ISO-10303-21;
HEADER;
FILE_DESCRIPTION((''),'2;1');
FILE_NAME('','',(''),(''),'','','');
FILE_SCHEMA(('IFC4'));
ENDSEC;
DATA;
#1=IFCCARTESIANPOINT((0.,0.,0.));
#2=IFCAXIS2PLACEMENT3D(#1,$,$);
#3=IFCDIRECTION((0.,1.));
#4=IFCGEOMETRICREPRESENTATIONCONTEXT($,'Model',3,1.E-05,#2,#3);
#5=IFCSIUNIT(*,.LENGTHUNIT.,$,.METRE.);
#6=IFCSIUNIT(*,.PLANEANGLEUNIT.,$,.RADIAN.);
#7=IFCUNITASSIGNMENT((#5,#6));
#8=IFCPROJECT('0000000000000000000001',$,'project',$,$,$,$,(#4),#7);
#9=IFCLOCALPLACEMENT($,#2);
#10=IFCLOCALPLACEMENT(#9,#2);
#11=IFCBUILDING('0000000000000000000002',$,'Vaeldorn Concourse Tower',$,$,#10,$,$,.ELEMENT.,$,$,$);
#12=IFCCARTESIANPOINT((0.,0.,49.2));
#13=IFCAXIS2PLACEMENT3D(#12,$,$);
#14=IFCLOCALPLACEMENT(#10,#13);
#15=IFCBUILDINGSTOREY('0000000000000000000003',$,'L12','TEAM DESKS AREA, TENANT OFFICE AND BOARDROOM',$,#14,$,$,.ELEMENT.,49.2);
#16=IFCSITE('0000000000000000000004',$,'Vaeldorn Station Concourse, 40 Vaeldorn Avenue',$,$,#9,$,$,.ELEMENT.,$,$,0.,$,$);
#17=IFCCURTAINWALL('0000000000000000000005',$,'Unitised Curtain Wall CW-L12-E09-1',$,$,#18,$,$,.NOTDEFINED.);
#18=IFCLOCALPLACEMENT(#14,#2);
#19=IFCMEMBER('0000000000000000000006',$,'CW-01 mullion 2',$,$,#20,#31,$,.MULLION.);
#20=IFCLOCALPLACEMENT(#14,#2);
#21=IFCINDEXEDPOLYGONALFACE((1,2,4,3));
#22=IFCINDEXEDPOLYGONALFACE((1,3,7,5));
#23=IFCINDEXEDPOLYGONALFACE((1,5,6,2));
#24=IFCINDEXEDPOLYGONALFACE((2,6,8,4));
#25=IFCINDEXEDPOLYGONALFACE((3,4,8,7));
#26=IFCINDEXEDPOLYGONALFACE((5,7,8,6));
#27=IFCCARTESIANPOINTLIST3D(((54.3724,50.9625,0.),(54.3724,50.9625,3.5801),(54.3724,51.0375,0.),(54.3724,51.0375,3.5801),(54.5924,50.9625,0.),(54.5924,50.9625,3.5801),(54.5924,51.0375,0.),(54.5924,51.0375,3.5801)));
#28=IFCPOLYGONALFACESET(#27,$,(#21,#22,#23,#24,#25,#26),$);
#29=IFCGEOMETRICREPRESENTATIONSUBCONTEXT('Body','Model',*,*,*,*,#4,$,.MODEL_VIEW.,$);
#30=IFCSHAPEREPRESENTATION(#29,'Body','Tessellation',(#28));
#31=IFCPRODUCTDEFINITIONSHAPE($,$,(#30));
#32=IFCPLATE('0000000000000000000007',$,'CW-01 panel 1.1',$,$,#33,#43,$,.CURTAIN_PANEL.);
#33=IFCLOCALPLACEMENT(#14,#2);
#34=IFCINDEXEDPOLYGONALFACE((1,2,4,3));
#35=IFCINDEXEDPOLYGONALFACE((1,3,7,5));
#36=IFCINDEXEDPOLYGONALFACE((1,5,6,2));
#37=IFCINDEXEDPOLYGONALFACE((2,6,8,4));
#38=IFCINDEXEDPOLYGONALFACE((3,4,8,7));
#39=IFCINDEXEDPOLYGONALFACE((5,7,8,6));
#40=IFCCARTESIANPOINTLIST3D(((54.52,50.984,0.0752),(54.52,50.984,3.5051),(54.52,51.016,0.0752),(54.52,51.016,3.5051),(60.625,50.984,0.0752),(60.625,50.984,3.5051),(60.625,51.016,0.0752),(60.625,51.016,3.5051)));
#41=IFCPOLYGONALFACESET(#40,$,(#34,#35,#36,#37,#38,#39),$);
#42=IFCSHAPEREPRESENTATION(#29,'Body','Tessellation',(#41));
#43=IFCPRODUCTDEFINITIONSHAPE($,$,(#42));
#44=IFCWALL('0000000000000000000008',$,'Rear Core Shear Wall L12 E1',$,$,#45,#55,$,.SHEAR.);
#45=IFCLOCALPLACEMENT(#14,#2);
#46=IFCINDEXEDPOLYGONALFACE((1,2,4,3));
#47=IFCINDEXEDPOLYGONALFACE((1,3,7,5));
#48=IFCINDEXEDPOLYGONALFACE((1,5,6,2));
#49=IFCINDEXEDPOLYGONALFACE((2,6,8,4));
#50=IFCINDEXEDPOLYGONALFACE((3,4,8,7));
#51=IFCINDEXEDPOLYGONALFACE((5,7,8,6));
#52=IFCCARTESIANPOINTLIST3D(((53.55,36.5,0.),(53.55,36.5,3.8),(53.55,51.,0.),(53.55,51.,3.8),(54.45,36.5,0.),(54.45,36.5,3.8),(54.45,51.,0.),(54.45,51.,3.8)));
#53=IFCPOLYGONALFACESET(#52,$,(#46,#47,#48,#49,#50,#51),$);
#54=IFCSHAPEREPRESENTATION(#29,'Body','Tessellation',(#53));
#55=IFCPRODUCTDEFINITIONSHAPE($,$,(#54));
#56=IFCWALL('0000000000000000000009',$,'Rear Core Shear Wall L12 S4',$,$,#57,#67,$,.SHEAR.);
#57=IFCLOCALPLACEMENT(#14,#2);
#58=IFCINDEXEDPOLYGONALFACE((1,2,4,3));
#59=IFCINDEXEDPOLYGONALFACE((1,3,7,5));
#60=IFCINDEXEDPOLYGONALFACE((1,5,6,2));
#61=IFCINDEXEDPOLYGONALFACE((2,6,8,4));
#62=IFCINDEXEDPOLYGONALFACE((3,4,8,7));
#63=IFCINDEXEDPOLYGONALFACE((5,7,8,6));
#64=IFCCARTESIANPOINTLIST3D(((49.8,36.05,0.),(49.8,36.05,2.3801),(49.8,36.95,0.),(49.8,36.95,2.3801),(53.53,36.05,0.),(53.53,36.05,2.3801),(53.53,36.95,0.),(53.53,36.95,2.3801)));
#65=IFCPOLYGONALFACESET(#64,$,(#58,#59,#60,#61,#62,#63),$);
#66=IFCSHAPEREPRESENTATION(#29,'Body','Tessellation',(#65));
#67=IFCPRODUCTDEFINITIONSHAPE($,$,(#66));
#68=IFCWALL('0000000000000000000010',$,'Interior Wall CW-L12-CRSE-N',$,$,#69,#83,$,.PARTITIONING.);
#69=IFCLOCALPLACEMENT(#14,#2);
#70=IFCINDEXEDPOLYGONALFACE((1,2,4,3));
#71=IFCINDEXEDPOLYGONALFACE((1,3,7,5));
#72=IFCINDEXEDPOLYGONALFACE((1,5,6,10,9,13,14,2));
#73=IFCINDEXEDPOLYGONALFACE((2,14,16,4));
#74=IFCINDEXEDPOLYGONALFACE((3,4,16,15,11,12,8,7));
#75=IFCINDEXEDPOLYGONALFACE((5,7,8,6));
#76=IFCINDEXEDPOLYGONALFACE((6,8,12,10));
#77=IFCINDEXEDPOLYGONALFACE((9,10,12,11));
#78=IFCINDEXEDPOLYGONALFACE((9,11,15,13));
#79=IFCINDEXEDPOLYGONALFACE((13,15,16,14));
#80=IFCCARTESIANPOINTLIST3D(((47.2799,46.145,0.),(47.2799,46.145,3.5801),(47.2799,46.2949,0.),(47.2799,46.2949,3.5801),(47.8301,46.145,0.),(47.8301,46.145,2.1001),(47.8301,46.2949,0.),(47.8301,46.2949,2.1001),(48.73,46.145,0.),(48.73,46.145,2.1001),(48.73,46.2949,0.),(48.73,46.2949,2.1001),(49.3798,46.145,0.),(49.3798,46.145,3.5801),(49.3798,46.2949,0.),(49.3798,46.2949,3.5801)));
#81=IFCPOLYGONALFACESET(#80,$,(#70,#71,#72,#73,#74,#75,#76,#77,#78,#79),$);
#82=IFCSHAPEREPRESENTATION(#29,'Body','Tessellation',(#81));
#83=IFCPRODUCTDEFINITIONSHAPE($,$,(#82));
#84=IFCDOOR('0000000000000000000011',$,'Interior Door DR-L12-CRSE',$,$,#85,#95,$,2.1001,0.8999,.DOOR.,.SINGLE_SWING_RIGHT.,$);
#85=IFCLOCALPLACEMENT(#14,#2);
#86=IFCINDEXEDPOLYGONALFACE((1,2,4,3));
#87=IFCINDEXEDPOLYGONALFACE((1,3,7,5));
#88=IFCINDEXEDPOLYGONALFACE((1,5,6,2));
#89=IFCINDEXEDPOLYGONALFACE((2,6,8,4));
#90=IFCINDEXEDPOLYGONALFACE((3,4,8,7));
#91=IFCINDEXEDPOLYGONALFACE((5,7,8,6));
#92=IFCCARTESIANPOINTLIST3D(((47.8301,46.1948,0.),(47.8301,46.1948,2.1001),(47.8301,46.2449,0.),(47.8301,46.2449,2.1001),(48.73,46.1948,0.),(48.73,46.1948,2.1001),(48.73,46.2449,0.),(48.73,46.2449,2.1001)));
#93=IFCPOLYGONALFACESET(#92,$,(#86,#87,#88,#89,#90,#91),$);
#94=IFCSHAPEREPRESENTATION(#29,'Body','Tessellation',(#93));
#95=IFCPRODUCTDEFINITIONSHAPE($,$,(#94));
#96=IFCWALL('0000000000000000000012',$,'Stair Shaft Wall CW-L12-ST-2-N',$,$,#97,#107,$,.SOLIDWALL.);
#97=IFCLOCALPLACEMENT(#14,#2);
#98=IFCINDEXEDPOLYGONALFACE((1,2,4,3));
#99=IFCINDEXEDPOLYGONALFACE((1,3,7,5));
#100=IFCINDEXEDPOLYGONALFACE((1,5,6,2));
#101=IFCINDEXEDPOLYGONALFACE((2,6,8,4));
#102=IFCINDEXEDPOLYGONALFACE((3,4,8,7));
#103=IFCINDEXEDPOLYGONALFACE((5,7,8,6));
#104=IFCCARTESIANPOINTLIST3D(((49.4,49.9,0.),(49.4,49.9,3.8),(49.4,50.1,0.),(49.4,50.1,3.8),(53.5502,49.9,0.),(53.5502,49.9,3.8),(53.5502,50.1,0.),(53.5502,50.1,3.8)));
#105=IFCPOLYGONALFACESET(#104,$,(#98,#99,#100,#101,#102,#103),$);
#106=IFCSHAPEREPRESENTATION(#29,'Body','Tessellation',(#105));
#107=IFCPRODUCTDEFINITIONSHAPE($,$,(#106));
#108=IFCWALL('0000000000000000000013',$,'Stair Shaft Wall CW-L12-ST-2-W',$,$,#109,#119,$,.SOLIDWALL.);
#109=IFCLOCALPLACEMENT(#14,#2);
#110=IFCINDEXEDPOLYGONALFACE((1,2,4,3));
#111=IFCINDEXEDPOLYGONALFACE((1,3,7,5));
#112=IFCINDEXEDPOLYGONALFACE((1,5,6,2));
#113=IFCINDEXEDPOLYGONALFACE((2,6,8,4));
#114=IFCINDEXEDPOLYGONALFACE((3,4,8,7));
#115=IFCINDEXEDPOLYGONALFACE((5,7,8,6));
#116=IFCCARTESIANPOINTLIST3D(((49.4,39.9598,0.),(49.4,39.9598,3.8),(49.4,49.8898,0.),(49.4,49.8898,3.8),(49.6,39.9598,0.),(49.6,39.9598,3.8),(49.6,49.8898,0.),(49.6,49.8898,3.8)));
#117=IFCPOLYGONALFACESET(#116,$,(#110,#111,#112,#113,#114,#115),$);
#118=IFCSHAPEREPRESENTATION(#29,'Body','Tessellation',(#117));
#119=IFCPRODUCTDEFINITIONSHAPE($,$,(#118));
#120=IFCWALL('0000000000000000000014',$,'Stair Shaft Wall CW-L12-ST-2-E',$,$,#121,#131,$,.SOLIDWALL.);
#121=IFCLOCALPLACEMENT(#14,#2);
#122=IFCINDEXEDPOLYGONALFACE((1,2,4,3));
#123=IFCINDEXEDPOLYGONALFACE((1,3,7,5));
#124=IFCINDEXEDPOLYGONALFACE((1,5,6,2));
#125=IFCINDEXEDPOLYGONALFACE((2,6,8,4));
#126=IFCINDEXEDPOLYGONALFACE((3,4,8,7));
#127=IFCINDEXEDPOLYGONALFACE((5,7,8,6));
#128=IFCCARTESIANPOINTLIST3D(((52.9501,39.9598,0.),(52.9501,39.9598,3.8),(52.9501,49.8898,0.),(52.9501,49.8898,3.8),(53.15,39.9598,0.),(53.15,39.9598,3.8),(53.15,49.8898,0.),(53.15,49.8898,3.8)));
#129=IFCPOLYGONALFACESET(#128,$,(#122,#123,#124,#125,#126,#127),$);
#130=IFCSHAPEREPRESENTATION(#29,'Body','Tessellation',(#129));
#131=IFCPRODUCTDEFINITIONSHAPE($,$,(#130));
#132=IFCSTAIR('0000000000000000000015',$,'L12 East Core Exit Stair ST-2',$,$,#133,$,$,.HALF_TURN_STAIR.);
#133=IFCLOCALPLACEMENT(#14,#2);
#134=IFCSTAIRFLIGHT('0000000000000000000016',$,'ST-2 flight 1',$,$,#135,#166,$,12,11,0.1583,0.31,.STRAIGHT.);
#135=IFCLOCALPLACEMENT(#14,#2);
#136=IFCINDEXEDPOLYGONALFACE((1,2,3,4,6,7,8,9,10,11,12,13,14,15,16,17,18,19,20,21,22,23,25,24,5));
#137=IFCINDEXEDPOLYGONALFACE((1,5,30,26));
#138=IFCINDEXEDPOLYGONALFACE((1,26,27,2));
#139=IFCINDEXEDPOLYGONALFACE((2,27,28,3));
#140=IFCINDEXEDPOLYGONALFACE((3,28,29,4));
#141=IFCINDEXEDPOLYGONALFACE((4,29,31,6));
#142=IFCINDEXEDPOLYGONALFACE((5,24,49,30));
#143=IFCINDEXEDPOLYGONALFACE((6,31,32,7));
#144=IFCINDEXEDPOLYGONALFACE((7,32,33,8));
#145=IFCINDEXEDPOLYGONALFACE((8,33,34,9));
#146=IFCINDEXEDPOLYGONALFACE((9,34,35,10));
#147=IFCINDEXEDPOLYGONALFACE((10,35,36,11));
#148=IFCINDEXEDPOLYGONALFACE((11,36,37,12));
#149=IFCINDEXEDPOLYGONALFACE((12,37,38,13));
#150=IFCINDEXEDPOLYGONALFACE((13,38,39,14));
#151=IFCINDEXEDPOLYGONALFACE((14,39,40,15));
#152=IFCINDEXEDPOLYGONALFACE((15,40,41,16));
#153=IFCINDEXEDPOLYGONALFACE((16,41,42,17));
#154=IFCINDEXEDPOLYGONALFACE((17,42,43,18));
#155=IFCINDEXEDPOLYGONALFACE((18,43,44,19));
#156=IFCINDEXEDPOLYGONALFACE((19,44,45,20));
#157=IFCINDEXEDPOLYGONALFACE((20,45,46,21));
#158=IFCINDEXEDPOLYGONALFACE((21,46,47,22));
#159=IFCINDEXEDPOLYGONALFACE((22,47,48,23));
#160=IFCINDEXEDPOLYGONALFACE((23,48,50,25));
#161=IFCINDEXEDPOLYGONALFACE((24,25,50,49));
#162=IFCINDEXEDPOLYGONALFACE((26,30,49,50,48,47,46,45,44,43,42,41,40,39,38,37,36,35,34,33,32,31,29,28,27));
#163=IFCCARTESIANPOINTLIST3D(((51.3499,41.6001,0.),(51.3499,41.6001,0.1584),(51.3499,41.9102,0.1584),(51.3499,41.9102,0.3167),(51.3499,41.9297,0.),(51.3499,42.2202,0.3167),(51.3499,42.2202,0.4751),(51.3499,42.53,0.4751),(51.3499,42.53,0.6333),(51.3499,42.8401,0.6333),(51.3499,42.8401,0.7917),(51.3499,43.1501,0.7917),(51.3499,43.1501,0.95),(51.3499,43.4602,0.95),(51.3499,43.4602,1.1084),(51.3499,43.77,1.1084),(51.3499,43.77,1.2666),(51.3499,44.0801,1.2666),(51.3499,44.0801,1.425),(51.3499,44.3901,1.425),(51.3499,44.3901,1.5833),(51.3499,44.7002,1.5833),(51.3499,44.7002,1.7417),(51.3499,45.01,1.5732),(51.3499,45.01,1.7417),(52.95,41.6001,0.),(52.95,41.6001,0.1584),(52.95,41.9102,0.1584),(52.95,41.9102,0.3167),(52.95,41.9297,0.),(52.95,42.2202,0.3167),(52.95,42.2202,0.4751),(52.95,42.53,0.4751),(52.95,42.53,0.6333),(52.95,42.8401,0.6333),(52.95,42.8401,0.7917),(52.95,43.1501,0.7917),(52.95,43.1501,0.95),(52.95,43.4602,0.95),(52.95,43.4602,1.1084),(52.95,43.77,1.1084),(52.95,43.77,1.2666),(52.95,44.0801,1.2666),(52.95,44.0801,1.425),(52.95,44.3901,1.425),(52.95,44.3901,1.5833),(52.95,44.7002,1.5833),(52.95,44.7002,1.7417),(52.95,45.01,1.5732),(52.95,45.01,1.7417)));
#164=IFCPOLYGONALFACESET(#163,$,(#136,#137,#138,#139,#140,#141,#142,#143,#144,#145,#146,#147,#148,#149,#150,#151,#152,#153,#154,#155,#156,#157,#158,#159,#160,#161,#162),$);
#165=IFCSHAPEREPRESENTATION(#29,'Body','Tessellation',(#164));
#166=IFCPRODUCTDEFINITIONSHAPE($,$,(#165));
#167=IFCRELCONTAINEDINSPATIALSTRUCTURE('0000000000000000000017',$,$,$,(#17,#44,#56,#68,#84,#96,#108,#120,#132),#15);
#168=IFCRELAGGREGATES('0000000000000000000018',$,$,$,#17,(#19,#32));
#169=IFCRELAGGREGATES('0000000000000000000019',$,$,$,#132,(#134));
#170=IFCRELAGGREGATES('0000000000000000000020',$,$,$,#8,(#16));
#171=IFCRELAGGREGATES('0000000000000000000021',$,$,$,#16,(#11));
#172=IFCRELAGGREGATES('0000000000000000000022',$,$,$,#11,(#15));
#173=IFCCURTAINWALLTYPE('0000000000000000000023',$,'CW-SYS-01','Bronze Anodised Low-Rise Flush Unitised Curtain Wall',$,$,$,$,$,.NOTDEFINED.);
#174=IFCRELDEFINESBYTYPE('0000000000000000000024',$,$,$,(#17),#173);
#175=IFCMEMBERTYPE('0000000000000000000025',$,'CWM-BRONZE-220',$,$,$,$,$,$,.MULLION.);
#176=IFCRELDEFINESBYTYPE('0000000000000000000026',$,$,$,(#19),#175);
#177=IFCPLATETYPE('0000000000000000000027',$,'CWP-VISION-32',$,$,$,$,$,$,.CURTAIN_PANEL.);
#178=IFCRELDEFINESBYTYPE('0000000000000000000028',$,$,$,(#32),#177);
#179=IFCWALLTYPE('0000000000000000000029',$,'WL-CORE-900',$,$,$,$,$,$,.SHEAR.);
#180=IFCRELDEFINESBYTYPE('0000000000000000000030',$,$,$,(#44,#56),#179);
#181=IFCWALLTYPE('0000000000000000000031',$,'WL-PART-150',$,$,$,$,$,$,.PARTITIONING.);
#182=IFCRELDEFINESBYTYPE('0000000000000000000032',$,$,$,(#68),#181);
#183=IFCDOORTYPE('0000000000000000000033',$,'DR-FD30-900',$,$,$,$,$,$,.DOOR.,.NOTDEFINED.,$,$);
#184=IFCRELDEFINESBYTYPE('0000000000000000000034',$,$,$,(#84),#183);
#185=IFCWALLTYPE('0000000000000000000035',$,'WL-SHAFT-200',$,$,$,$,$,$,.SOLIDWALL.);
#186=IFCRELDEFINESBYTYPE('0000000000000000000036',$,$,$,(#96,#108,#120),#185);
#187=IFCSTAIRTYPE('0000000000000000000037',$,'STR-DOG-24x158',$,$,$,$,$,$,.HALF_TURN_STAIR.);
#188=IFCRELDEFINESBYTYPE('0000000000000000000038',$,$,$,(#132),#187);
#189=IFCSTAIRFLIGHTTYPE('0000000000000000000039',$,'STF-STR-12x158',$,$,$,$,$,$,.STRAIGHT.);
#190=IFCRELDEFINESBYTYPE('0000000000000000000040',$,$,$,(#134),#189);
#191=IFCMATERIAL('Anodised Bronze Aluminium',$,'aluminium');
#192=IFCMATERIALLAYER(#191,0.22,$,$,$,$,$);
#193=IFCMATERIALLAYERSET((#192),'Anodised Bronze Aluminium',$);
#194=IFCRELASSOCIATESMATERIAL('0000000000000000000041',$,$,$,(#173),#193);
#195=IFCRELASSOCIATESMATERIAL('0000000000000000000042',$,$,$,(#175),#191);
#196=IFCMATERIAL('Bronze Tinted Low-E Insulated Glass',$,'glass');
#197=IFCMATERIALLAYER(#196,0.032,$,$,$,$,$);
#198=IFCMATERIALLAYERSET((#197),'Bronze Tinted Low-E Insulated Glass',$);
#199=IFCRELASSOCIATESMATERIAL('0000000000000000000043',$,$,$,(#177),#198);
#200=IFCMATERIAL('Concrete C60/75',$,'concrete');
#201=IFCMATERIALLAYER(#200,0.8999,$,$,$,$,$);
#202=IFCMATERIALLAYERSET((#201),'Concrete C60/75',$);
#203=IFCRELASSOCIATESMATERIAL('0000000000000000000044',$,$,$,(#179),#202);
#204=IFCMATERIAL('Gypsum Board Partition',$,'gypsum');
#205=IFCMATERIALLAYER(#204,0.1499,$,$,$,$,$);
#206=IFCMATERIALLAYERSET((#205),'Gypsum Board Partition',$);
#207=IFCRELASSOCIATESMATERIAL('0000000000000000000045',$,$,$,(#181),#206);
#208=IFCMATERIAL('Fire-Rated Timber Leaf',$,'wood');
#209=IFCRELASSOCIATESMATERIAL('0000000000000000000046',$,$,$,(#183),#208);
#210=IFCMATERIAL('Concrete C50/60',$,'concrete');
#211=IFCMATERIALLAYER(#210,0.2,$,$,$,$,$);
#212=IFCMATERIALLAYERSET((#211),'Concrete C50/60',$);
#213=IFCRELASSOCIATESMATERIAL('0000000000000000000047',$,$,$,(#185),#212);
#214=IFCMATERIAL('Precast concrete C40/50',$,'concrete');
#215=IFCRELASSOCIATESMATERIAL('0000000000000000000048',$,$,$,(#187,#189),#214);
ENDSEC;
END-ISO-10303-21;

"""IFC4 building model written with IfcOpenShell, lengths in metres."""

from ifc_helpers import new_model, si_unit, direction, frame, frame_2d, origin, origin_2d, place, context, subcontext, project, spatial, polyline, rectangle, outline, extrude, source, transform, mapped, material, layer, layer_set, material_profile, profile_set, type_object, element, fill, aggregate, save


model = new_model("IFC4")

# Units and contexts
model_context = context("Model", 3, precision=1e-05, world=origin(), true_north=direction((0.0, 1.0)))
body_context = subcontext(model_context, "Body", "Model", "MODEL_VIEW")
ifc_project = project(units=[si_unit("LENGTHUNIT", "METRE"), si_unit("PLANEANGLEUNIT", "RADIAN")], contexts=[model_context])

# Site, building, storey
site_placement = place(None, origin())
site = spatial("IfcSite", under=ifc_project, at=site_placement, Name="Vaeldorn Station Concourse, 40 Vaeldorn Avenue", CompositionType="ELEMENT", RefElevation=0.0)
building_placement = place(site_placement, origin())
building = spatial("IfcBuilding", under=site, at=building_placement, Name="Vaeldorn Concourse Tower", CompositionType="ELEMENT")
storey_placement = place(building_placement, frame((0.0, 0.0, 49.2)))
storey = spatial("IfcBuildingStorey", under=building, at=storey_placement, Name="L12", Description="TEAM DESKS AREA, TENANT OFFICE AND BOARDROOM", CompositionType="ELEMENT", Elevation=49.2)

# Shared definitions
ifc_material_1 = material(Name="Concrete C60/75", Category="concrete")

# Curtain wall, member, plate
ifc_material_2 = material(Name="Anodised Bronze Aluminium", Category="aluminium")
ifc_layer_1 = layer(ifc_material_2, 0.22)
ifc_layer_set_1 = layer_set([ifc_layer_1], Name="Anodised Bronze Aluminium")
curtain_wall_type = type_object("IfcCurtainWallType", Name="CW-SYS-01", Description="Bronze Anodised Low-Rise Flush Unitised Curtain Wall", PredefinedType="NOTDEFINED", material=ifc_layer_set_1)
curtain_wall_placement = place(storey_placement, origin())
curtain_wall = element("IfcCurtainWall", 1, at=curtain_wall_placement, inside=storey, type_object=curtain_wall_type, Name="Unitised Curtain Wall CW-L12-E09-1", PredefinedType="NOTDEFINED")
ifc_material_profile_1 = material_profile(ifc_material_2, rectangle(XDim=0.075, YDim=0.22, at=origin_2d()), Name="CWM 75x220")
ifc_profile_set_1 = profile_set([ifc_material_profile_1], Name="Anodised Bronze Aluminium")
member_type = type_object("IfcMemberType", Name="CWM-BRONZE-220", PredefinedType="MULLION", material=ifc_profile_set_1)
shared_shape_1 = source(origin(), body_context, "Body", "SweptSolid", [
    extrude(rectangle(XDim=0.075, YDim=0.22, at=origin_2d()), origin(), (0.0, 0.0, 1.0), 3.5801),
])
member_placement = place(storey_placement, frame((54.4824, 51.0, 0.0), z_axis=(0.0, 0.0, 1.0), x_axis=(0.0, -1.0, 0.0)))
member = element("IfcMember", 2, at=member_placement, type_object=member_type, Name="CW-01 mullion 2", PredefinedType="MULLION", context=body_context, shape_type="MappedRepresentation", body=[
    mapped(shared_shape_1, transform((0.0, 0.0, 0.0), scale=1.0)),
])
ifc_material_3 = material(Name="Bronze Tinted Low-E Insulated Glass", Category="glass")
ifc_layer_2 = layer(ifc_material_3, 0.032)
ifc_layer_set_2 = layer_set([ifc_layer_2], Name="Bronze Tinted Low-E Insulated Glass")
plate_type = type_object("IfcPlateType", Name="CWP-VISION-32", PredefinedType="CURTAIN_PANEL", material=ifc_layer_set_2)
shared_shape_2 = source(origin(), body_context, "Body", "SweptSolid", [
    extrude(rectangle(XDim=6.105, YDim=0.032, at=origin_2d()), origin(), (0.0, 0.0, 1.0), 3.4299),
])
plate_placement = place(storey_placement, frame((57.5725, 51.0, 0.0752), z_axis=(0.0, 0.0, 1.0), x_axis=(-1.0, 0.0, 0.0)))
plate = element("IfcPlate", 3, at=plate_placement, type_object=plate_type, Name="CW-01 panel 1.1", PredefinedType="CURTAIN_PANEL", context=body_context, shape_type="MappedRepresentation", body=[
    mapped(shared_shape_2, transform((0.0, 0.0, 0.0), scale=1.0)),
])
aggregate(curtain_wall, [member, plate])

# Walls
ifc_layer_3 = layer(ifc_material_1, 0.8999)
ifc_layer_set_3 = layer_set([ifc_layer_3], Name="Concrete C60/75")
wall_type_1 = type_object("IfcWallType", Name="WL-CORE-900", PredefinedType="SHEAR", material=ifc_layer_set_3)
wall_1_placement = place(storey_placement, frame((54.0, 36.5, 0.0), z_axis=(0.0, 0.0, 1.0), x_axis=(0.0, 1.0, 0.0)))
element("IfcWall", 4, at=wall_1_placement, inside=storey, type_object=wall_type_1, Name="Rear Core Shear Wall L12 E1", PredefinedType="SHEAR", context=body_context, shape_type="SweptSolid", body=[
    extrude(rectangle(XDim=14.5, YDim=0.8999, at=frame_2d((7.25, 0.0))), origin(), (0.0, 0.0, 1.0), 3.8),
])
wall_2_placement = place(storey_placement, frame((49.8, 36.5, 0.0), z_axis=(0.0, 0.0, 1.0), x_axis=(1.0, 0.0, 0.0)))
element("IfcWall", 5, at=wall_2_placement, inside=storey, type_object=wall_type_1, Name="Rear Core Shear Wall L12 S4", PredefinedType="SHEAR", context=body_context, shape_type="SweptSolid", body=[
    extrude(rectangle(XDim=3.73, YDim=0.8999, at=frame_2d((1.865, 0.0))), origin(), (0.0, 0.0, 1.0), 2.3801),
])

# Wall, opening, door
ifc_material_4 = material(Name="Gypsum Board Partition", Category="gypsum")
ifc_layer_4 = layer(ifc_material_4, 0.1499)
ifc_layer_set_4 = layer_set([ifc_layer_4], Name="Gypsum Board Partition")
wall_type_2 = type_object("IfcWallType", Name="WL-PART-150", PredefinedType="PARTITIONING", material=ifc_layer_set_4)
wall_3_placement = place(storey_placement, frame((47.28, 46.22, 0.0), z_axis=(0.0, 0.0, 1.0), x_axis=(1.0, 0.0, 0.0)))
wall_3 = element("IfcWall", 6, at=wall_3_placement, inside=storey, type_object=wall_type_2, Name="Interior Wall CW-L12-CRSE-N", PredefinedType="PARTITIONING", context=body_context, shape_type="SweptSolid", body=[
    extrude(rectangle(XDim=2.0999, YDim=0.1499, at=frame_2d((1.0498, 0.0))), origin(), (0.0, 0.0, 1.0), 3.5801),
])
opening_1_placement = place(wall_3_placement, frame((0.55, 0.0, 0.0)))
opening_1 = element("IfcOpeningElement", 7, at=opening_1_placement, cuts=wall_3, PredefinedType="OPENING", context=body_context, shape_type="SweptSolid", body=[
    extrude(rectangle(XDim=0.8999, YDim=2.1001, at=frame_2d((0.45, 1.05))), frame((0.0, 0.085, 0.0), z_axis=(0.0, -1.0, 0.0), x_axis=(1.0, 0.0, 0.0)), (0.0, 0.0, 1.0), 0.1699),
])
ifc_material_5 = material(Name="Fire-Rated Timber Leaf", Category="wood")
door_type_1 = type_object("IfcDoorType", Name="DR-FD30-900", OperationType="NOTDEFINED", PredefinedType="DOOR", material=ifc_material_5)
shared_shape_3 = source(origin(), body_context, "Body", "SweptSolid", [
    extrude(rectangle(XDim=0.8999, YDim=2.1001, at=frame_2d((0.45, 1.05))), frame((0.0, 0.0249, 0.0), z_axis=(0.0, -1.0, 0.0), x_axis=(1.0, 0.0, 0.0)), (0.0, 0.0, 1.0), 0.05),
])
door_1_placement = place(opening_1_placement, origin())
door_1 = element("IfcDoor", 8, at=door_1_placement, inside=storey, type_object=door_type_1, Name="Interior Door DR-L12-CRSE", OperationType="SINGLE_SWING_RIGHT", OverallHeight=2.1001, OverallWidth=0.8999, PredefinedType="DOOR", context=body_context, shape_type="MappedRepresentation", body=[
    mapped(shared_shape_3, transform((0.0, 0.0, 0.0), scale=1.0)),
])
fill(opening_1, door_1)
ifc_material_6 = material(Name="Concrete C50/60", Category="concrete")
ifc_layer_5 = layer(ifc_material_6, 0.2)
ifc_layer_set_5 = layer_set([ifc_layer_5], Name="Concrete C50/60")
wall_type_3 = type_object("IfcWallType", Name="WL-SHAFT-200", PredefinedType="SOLIDWALL", material=ifc_layer_set_5)

# Walls
wall_4_placement = place(storey_placement, frame((49.3999, 50.0, 0.0), z_axis=(0.0, 0.0, 1.0), x_axis=(1.0, 0.0, 0.0)))
element("IfcWall", 9, at=wall_4_placement, inside=storey, type_object=wall_type_3, Name="Stair Shaft Wall CW-L12-ST-2-N", PredefinedType="SOLIDWALL", context=body_context, shape_type="SweptSolid", body=[
    extrude(rectangle(XDim=4.1501, YDim=0.2, at=frame_2d((2.0752, 0.0))), origin(), (0.0, 0.0, 1.0), 3.8),
])
for number, where, z_axis, x_axis, name in (
    (10, (49.5, 39.96, 0.0), (0.0, 0.0, 1.0), (0.0, 1.0, 0.0), "Stair Shaft Wall CW-L12-ST-2-W"),
    (11, (53.05, 39.96, 0.0), (0.0, 0.0, 1.0), (0.0, 1.0, 0.0), "Stair Shaft Wall CW-L12-ST-2-E"),
):
    element("IfcWall", number, at=place(storey_placement, frame(where, z_axis=z_axis, x_axis=x_axis)), inside=storey, type_object=wall_type_3, Name=name, PredefinedType="SOLIDWALL", context=body_context, shape_type="SweptSolid", body=[
        extrude(rectangle(XDim=9.9299, YDim=0.2, at=frame_2d((4.9648, 0.0))), origin(), (0.0, 0.0, 1.0), 3.8),
    ])

# Stair, stair flight
ifc_material_7 = material(Name="Precast concrete C40/50", Category="concrete")
stair_type = type_object("IfcStairType", Name="STR-DOG-24x158", PredefinedType="HALF_TURN_STAIR", material=ifc_material_7)
stair_placement = place(storey_placement, origin())
stair = element("IfcStair", 12, at=stair_placement, inside=storey, type_object=stair_type, Name="L12 East Core Exit Stair ST-2", PredefinedType="HALF_TURN_STAIR")
stair_flight_type = type_object("IfcStairFlightType", Name="STF-STR-12x158", PredefinedType="STRAIGHT", material=ifc_material_7)
stair_flight_1_placement = place(storey_placement, frame((52.1499, 41.6001, 0.0), z_axis=(0.0, 0.0, 1.0), x_axis=(0.0, 1.0, 0.0)))
stair_flight_1 = element("IfcStairFlight", 13, at=stair_flight_1_placement, type_object=stair_flight_type, Name="ST-2 flight 1", NumberOfRisers=12, NumberOfTreads=11, PredefinedType="STRAIGHT", RiserHeight=0.1583, TreadLength=0.31, context=body_context, shape_type="SweptSolid", body=[
    extrude(outline(polyline([(0.0, 0.0), (0.0, 0.1584), (0.3101, 0.1584), (0.3101, 0.3167), (0.6201, 0.3167), (0.6201, 0.4751), (0.9299, 0.4751), (0.9299, 0.6333), (1.24, 0.6333), (1.24, 0.7917), (1.55, 0.7917), (1.55, 0.95), (1.8601, 0.95), (1.8601, 1.1084), (2.1699, 1.1084), (2.1699, 1.2666), (2.48, 1.2666), (2.48, 1.425), (2.79, 1.425), (2.79, 1.5833), (3.1001, 1.5833), (3.1001, 1.7417), (3.4099, 1.7417), (3.4099, 1.8999), (3.4099, 1.5732), (0.3296, 0.0), (0.0, 0.0)])), frame((0.0, 0.8, 0.0), z_axis=(0.0, -1.0, 0.0), x_axis=(1.0, 0.0, 0.0)), (0.0, 0.0, 1.0), 1.6001),
])
aggregate(stair, [stair_flight_1])

save(model, "model.ifc")
